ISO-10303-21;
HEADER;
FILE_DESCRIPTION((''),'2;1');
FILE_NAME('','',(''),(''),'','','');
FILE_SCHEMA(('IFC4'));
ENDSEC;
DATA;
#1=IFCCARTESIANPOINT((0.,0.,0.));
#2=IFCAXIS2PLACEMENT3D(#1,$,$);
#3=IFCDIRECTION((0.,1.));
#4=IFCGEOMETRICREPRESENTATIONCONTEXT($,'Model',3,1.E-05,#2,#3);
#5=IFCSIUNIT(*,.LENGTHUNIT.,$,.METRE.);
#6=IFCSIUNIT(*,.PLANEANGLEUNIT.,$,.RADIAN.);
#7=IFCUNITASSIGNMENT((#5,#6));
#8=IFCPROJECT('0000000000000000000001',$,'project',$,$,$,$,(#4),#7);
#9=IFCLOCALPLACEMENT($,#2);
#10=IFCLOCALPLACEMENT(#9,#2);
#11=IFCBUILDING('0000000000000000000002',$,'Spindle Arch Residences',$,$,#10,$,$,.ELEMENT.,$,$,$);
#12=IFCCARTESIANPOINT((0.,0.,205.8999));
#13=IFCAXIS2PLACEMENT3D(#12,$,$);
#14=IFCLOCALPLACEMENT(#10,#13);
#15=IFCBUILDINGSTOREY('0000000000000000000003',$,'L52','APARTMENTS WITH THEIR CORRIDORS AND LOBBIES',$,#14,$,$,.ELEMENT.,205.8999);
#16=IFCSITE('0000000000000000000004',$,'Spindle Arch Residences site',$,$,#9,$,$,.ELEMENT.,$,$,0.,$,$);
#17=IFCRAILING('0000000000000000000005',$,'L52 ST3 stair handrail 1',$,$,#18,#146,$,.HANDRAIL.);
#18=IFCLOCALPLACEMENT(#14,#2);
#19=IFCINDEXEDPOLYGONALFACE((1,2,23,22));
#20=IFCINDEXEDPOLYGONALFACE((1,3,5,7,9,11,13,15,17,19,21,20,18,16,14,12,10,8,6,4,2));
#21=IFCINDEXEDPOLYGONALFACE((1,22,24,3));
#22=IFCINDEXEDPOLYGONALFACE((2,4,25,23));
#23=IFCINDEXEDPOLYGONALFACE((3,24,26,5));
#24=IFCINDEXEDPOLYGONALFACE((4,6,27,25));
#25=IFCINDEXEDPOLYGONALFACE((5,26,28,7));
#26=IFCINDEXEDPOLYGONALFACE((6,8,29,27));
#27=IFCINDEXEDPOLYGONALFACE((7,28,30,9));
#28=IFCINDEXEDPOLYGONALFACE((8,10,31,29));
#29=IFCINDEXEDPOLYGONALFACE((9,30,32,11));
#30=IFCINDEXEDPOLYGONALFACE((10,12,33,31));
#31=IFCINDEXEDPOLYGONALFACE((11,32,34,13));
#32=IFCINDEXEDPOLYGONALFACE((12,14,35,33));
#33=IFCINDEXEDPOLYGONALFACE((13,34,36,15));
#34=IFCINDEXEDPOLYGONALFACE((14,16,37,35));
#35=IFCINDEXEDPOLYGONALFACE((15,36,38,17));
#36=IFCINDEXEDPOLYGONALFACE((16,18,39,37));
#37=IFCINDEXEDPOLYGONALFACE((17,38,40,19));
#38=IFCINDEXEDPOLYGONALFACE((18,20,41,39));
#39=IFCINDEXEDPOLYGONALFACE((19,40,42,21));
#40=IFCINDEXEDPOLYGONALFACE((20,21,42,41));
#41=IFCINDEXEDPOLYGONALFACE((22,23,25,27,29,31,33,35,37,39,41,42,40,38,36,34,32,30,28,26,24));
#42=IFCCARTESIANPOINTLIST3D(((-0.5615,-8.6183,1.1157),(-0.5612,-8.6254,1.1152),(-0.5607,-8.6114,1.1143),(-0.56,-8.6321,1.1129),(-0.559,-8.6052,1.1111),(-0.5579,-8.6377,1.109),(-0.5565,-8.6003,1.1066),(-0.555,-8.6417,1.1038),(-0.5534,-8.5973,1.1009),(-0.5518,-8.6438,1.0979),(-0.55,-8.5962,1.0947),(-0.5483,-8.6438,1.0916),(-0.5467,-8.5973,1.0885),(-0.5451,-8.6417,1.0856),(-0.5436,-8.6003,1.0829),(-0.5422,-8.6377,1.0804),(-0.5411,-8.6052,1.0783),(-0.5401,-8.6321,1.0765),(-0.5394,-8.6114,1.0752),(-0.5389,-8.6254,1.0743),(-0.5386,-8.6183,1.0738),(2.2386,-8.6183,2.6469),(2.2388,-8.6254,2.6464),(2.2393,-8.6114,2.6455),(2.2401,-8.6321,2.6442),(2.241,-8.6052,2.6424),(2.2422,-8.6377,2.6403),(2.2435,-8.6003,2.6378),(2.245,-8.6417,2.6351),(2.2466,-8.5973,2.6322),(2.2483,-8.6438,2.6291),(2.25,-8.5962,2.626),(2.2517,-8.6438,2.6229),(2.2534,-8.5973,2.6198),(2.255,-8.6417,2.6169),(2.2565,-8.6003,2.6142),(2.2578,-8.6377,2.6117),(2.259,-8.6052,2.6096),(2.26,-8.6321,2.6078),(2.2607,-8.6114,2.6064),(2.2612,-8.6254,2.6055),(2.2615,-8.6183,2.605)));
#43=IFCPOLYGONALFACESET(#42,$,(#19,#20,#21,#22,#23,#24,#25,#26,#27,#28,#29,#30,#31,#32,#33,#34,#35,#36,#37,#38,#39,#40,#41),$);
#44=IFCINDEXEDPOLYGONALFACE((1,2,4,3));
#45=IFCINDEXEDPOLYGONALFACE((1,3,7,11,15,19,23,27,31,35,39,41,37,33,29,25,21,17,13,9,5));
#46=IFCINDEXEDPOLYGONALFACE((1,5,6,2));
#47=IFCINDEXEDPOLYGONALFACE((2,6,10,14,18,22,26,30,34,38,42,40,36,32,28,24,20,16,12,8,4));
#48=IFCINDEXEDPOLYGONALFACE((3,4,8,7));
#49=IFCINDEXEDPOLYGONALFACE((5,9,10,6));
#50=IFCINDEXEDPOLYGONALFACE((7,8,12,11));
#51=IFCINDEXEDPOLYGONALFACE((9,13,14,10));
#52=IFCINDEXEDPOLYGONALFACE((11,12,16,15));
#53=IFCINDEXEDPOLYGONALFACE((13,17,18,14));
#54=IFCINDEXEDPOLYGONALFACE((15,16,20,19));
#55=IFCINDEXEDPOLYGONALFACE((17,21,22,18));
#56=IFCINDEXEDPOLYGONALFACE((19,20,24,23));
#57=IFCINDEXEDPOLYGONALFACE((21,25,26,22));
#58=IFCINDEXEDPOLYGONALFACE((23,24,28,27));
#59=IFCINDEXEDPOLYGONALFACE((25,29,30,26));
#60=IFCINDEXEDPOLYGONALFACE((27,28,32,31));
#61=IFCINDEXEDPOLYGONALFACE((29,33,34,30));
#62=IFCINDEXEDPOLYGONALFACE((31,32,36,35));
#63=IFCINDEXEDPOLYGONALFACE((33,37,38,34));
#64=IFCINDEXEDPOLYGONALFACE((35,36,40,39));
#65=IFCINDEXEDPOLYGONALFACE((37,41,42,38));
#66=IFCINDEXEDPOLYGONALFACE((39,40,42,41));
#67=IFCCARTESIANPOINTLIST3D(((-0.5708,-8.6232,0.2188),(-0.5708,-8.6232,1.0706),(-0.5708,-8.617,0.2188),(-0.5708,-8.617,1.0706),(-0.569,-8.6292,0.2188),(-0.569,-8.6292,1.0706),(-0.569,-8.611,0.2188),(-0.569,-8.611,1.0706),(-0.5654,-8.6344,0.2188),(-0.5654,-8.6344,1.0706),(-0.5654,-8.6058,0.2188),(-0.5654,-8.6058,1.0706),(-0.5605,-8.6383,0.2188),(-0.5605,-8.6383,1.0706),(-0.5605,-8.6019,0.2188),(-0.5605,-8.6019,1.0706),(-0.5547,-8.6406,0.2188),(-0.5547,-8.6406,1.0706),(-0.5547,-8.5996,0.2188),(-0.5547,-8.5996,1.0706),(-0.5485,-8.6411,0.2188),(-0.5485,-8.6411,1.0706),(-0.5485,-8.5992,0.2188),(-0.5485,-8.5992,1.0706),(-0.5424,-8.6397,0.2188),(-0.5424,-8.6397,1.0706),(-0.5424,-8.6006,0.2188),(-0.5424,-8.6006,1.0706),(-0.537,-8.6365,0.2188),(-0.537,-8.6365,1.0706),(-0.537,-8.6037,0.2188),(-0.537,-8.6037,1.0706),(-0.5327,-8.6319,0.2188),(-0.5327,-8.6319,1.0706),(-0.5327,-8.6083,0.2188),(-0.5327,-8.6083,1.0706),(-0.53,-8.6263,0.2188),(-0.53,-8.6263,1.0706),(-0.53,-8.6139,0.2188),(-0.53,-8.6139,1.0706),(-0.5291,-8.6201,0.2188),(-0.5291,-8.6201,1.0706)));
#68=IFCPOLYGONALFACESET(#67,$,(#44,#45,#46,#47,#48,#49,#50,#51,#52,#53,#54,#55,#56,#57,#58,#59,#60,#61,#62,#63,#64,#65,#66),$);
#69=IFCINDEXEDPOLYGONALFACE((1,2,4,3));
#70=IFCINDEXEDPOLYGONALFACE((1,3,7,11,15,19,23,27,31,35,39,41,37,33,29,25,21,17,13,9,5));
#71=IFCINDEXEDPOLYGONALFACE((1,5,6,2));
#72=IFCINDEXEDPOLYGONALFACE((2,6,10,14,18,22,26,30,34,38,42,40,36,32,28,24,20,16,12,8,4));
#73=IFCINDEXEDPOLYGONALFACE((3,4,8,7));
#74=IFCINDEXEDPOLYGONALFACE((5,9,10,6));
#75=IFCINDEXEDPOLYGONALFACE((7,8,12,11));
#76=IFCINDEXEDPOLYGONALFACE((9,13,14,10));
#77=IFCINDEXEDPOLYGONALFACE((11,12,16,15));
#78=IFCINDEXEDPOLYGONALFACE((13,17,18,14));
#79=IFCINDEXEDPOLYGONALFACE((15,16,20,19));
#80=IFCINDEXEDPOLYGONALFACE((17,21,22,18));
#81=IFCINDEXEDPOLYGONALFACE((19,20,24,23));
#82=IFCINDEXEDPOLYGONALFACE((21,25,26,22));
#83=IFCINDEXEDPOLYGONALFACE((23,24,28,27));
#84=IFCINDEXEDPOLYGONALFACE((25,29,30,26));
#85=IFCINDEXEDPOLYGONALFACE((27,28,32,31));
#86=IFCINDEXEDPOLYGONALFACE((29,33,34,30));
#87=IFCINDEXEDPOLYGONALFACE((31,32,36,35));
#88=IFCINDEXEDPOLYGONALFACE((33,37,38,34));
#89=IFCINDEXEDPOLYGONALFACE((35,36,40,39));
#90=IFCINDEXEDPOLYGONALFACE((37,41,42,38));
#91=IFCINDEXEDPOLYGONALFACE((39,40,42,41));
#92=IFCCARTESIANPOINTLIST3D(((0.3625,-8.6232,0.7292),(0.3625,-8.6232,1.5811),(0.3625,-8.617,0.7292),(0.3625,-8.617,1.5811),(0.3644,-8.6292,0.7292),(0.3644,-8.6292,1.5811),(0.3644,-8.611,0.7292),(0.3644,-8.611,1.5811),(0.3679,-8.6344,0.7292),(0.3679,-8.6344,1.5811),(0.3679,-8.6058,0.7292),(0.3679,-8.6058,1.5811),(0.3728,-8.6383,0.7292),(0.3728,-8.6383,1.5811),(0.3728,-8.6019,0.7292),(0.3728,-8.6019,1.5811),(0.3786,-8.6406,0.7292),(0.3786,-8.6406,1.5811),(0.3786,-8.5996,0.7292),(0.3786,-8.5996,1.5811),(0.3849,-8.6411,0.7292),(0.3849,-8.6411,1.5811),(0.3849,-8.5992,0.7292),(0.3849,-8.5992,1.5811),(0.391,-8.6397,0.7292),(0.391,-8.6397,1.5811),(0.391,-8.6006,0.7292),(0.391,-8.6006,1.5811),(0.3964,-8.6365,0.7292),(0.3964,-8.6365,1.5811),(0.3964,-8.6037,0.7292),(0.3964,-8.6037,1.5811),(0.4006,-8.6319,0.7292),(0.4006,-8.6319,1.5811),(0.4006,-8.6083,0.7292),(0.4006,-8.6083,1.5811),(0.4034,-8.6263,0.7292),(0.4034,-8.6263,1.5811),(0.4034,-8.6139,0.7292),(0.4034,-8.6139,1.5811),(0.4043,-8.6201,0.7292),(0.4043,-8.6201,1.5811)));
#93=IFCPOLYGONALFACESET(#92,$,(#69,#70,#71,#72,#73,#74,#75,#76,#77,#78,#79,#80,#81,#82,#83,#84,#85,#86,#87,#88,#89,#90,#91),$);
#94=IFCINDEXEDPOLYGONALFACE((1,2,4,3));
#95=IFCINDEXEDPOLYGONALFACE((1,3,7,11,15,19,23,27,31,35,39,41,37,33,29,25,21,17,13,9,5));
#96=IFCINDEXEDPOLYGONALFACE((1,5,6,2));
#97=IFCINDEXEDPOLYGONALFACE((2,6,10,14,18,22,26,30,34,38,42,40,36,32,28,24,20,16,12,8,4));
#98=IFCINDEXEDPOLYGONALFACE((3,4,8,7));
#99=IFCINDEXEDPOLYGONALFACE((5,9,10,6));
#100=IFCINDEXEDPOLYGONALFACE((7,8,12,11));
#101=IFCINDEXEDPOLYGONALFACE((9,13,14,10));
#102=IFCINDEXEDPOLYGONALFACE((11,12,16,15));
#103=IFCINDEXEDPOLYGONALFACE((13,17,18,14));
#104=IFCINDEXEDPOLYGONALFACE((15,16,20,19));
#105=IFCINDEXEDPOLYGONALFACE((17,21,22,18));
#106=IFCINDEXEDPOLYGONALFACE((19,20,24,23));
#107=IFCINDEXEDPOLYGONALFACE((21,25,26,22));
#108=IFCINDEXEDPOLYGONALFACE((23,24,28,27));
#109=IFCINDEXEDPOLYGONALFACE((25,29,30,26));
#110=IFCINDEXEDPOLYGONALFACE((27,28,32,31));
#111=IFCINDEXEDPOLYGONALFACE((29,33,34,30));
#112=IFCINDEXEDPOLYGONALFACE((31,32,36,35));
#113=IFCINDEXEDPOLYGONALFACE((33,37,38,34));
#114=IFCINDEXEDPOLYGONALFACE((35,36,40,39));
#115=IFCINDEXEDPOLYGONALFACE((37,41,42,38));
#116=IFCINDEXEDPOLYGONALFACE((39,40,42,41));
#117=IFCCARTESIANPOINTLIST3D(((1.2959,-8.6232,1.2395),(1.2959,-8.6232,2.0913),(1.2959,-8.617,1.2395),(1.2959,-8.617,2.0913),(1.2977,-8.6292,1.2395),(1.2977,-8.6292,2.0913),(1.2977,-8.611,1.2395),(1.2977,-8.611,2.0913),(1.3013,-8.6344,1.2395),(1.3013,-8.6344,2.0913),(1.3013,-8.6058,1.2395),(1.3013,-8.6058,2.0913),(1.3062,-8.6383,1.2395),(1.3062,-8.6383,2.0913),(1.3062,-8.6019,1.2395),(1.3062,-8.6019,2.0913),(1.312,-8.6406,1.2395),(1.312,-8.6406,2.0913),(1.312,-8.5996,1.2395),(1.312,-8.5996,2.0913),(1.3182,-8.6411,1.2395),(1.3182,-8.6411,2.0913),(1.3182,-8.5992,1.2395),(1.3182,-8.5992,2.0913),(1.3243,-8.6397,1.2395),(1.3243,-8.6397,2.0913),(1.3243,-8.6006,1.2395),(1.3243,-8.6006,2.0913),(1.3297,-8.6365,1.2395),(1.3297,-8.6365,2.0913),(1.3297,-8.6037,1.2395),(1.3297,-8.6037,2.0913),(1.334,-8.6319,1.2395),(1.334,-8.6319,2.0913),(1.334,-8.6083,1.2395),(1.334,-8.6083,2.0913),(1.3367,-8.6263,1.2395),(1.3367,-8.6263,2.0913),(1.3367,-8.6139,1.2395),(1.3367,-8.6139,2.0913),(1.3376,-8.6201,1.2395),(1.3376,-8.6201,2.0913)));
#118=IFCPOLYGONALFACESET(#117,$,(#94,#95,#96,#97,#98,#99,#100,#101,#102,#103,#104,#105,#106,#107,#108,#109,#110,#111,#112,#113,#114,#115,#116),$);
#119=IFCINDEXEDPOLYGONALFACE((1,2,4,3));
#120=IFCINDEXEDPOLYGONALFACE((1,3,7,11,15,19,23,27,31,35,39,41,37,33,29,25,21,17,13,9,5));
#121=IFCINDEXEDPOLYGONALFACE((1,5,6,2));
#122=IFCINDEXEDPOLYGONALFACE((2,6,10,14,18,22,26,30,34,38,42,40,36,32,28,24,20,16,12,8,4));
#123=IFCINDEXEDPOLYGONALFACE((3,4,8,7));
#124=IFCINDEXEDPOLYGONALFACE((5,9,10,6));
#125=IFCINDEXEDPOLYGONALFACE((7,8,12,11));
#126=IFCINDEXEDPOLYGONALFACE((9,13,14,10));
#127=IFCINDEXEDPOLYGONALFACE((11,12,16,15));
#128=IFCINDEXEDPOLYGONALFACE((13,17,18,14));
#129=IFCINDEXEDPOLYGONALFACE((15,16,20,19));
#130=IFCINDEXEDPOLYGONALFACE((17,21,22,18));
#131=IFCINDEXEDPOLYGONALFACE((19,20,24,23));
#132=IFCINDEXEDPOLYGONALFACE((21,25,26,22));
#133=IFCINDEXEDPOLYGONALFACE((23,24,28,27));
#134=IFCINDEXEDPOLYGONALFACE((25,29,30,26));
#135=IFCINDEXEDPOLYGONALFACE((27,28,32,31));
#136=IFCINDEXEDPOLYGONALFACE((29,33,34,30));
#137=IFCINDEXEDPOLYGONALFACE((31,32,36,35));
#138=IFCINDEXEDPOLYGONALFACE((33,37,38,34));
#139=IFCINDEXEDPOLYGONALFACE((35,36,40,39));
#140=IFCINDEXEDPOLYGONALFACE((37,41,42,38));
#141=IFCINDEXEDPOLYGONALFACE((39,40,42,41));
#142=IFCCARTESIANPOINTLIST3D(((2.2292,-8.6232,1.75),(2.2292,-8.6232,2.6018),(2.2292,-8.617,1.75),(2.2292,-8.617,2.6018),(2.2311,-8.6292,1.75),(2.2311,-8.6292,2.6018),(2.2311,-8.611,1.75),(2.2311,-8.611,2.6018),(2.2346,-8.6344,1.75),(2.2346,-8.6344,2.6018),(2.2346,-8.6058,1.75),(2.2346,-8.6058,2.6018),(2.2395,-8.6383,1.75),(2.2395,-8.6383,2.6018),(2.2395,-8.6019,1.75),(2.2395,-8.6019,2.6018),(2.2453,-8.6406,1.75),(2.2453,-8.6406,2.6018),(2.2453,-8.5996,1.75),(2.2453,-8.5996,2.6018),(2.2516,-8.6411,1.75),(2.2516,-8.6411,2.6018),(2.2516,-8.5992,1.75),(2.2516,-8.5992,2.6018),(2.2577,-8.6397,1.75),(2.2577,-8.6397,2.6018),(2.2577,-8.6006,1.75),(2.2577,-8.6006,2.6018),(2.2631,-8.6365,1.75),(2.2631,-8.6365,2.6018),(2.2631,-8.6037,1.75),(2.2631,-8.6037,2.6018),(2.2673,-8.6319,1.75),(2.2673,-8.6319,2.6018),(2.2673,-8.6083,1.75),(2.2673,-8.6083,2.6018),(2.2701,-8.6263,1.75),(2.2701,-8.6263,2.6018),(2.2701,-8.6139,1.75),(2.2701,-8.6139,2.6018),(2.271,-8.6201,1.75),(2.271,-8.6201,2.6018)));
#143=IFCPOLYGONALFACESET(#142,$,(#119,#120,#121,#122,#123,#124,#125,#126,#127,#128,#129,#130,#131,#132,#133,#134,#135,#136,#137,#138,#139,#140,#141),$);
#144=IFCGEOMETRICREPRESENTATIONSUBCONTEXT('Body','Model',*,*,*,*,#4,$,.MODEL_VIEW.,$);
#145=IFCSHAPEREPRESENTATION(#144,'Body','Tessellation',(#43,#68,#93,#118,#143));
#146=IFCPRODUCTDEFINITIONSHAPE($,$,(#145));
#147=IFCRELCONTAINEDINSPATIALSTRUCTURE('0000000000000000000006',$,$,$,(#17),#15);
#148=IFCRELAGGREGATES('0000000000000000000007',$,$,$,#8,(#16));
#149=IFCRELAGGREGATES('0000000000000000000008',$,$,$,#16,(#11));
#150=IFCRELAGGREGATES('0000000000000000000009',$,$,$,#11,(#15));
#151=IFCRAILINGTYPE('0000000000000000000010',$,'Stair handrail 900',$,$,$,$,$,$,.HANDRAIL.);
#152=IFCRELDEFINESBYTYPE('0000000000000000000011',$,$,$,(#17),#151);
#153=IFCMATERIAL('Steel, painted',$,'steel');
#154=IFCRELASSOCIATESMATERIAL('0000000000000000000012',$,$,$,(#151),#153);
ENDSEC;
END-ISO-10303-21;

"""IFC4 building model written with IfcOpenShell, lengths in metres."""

from ifc_helpers import new_model, si_unit, direction, frame, origin, origin_2d, place, context, subcontext, project, spatial, circle, extrude, material, type_object, element, save


model = new_model("IFC4")

# Units and contexts
model_context = context("Model", 3, precision=1e-05, world=origin(), true_north=direction((0.0, 1.0)))
body_context = subcontext(model_context, "Body", "Model", "MODEL_VIEW")
ifc_project = project(units=[si_unit("LENGTHUNIT", "METRE"), si_unit("PLANEANGLEUNIT", "RADIAN")], contexts=[model_context])

# Site, building, storey
site_placement = place(None, origin())
site = spatial("IfcSite", under=ifc_project, at=site_placement, Name="Spindle Arch Residences site", CompositionType="ELEMENT", RefElevation=0.0)
building_placement = place(site_placement, origin())
building = spatial("IfcBuilding", under=site, at=building_placement, Name="Spindle Arch Residences", CompositionType="ELEMENT")
storey_placement = place(building_placement, frame((0.0, 0.0, 205.8999)))
storey = spatial("IfcBuildingStorey", under=building, at=storey_placement, Name="L52", Description="APARTMENTS WITH THEIR CORRIDORS AND LOBBIES", CompositionType="ELEMENT", Elevation=205.8999)

# Railing
ifc_material_1 = material(Name="Steel, painted", Category="steel")
railing_type_1 = type_object("IfcRailingType", Name="Stair handrail 900", PredefinedType="HANDRAIL", material=ifc_material_1)
railing_1_placement = place(storey_placement, frame((-0.55, -8.6201, 0.2188)))
element("IfcRailing", 1, at=railing_1_placement, inside=storey, type_object=railing_type_1, Name="L52 ST3 stair handrail 1", PredefinedType="HANDRAIL", context=body_context, shape_type="SweptSolid", body=[
    extrude(circle(Radius=0.0239, at=origin_2d()), frame((0.0, 0.0, 0.876), z_axis=(0.877375, 0.0, 0.479806), x_axis=(0.0, 1.0, 0.0)), (0.0, 0.0, 1.0), 3.1914),
    extrude(circle(Radius=0.021, at=origin_2d()), origin(), (0.0, 0.0, 1.0), 0.8518),
    extrude(circle(Radius=0.021, at=origin_2d()), frame((0.9333, 0.0, 0.5105)), (0.0, 0.0, 1.0), 0.8518),
    extrude(circle(Radius=0.021, at=origin_2d()), frame((1.8667, 0.0, 1.0208)), (0.0, 0.0, 1.0), 0.8518),
    extrude(circle(Radius=0.021, at=origin_2d()), frame((2.8, 0.0, 1.5312)), (0.0, 0.0, 1.0), 0.8518),
])

save(model, "model.ifc")
